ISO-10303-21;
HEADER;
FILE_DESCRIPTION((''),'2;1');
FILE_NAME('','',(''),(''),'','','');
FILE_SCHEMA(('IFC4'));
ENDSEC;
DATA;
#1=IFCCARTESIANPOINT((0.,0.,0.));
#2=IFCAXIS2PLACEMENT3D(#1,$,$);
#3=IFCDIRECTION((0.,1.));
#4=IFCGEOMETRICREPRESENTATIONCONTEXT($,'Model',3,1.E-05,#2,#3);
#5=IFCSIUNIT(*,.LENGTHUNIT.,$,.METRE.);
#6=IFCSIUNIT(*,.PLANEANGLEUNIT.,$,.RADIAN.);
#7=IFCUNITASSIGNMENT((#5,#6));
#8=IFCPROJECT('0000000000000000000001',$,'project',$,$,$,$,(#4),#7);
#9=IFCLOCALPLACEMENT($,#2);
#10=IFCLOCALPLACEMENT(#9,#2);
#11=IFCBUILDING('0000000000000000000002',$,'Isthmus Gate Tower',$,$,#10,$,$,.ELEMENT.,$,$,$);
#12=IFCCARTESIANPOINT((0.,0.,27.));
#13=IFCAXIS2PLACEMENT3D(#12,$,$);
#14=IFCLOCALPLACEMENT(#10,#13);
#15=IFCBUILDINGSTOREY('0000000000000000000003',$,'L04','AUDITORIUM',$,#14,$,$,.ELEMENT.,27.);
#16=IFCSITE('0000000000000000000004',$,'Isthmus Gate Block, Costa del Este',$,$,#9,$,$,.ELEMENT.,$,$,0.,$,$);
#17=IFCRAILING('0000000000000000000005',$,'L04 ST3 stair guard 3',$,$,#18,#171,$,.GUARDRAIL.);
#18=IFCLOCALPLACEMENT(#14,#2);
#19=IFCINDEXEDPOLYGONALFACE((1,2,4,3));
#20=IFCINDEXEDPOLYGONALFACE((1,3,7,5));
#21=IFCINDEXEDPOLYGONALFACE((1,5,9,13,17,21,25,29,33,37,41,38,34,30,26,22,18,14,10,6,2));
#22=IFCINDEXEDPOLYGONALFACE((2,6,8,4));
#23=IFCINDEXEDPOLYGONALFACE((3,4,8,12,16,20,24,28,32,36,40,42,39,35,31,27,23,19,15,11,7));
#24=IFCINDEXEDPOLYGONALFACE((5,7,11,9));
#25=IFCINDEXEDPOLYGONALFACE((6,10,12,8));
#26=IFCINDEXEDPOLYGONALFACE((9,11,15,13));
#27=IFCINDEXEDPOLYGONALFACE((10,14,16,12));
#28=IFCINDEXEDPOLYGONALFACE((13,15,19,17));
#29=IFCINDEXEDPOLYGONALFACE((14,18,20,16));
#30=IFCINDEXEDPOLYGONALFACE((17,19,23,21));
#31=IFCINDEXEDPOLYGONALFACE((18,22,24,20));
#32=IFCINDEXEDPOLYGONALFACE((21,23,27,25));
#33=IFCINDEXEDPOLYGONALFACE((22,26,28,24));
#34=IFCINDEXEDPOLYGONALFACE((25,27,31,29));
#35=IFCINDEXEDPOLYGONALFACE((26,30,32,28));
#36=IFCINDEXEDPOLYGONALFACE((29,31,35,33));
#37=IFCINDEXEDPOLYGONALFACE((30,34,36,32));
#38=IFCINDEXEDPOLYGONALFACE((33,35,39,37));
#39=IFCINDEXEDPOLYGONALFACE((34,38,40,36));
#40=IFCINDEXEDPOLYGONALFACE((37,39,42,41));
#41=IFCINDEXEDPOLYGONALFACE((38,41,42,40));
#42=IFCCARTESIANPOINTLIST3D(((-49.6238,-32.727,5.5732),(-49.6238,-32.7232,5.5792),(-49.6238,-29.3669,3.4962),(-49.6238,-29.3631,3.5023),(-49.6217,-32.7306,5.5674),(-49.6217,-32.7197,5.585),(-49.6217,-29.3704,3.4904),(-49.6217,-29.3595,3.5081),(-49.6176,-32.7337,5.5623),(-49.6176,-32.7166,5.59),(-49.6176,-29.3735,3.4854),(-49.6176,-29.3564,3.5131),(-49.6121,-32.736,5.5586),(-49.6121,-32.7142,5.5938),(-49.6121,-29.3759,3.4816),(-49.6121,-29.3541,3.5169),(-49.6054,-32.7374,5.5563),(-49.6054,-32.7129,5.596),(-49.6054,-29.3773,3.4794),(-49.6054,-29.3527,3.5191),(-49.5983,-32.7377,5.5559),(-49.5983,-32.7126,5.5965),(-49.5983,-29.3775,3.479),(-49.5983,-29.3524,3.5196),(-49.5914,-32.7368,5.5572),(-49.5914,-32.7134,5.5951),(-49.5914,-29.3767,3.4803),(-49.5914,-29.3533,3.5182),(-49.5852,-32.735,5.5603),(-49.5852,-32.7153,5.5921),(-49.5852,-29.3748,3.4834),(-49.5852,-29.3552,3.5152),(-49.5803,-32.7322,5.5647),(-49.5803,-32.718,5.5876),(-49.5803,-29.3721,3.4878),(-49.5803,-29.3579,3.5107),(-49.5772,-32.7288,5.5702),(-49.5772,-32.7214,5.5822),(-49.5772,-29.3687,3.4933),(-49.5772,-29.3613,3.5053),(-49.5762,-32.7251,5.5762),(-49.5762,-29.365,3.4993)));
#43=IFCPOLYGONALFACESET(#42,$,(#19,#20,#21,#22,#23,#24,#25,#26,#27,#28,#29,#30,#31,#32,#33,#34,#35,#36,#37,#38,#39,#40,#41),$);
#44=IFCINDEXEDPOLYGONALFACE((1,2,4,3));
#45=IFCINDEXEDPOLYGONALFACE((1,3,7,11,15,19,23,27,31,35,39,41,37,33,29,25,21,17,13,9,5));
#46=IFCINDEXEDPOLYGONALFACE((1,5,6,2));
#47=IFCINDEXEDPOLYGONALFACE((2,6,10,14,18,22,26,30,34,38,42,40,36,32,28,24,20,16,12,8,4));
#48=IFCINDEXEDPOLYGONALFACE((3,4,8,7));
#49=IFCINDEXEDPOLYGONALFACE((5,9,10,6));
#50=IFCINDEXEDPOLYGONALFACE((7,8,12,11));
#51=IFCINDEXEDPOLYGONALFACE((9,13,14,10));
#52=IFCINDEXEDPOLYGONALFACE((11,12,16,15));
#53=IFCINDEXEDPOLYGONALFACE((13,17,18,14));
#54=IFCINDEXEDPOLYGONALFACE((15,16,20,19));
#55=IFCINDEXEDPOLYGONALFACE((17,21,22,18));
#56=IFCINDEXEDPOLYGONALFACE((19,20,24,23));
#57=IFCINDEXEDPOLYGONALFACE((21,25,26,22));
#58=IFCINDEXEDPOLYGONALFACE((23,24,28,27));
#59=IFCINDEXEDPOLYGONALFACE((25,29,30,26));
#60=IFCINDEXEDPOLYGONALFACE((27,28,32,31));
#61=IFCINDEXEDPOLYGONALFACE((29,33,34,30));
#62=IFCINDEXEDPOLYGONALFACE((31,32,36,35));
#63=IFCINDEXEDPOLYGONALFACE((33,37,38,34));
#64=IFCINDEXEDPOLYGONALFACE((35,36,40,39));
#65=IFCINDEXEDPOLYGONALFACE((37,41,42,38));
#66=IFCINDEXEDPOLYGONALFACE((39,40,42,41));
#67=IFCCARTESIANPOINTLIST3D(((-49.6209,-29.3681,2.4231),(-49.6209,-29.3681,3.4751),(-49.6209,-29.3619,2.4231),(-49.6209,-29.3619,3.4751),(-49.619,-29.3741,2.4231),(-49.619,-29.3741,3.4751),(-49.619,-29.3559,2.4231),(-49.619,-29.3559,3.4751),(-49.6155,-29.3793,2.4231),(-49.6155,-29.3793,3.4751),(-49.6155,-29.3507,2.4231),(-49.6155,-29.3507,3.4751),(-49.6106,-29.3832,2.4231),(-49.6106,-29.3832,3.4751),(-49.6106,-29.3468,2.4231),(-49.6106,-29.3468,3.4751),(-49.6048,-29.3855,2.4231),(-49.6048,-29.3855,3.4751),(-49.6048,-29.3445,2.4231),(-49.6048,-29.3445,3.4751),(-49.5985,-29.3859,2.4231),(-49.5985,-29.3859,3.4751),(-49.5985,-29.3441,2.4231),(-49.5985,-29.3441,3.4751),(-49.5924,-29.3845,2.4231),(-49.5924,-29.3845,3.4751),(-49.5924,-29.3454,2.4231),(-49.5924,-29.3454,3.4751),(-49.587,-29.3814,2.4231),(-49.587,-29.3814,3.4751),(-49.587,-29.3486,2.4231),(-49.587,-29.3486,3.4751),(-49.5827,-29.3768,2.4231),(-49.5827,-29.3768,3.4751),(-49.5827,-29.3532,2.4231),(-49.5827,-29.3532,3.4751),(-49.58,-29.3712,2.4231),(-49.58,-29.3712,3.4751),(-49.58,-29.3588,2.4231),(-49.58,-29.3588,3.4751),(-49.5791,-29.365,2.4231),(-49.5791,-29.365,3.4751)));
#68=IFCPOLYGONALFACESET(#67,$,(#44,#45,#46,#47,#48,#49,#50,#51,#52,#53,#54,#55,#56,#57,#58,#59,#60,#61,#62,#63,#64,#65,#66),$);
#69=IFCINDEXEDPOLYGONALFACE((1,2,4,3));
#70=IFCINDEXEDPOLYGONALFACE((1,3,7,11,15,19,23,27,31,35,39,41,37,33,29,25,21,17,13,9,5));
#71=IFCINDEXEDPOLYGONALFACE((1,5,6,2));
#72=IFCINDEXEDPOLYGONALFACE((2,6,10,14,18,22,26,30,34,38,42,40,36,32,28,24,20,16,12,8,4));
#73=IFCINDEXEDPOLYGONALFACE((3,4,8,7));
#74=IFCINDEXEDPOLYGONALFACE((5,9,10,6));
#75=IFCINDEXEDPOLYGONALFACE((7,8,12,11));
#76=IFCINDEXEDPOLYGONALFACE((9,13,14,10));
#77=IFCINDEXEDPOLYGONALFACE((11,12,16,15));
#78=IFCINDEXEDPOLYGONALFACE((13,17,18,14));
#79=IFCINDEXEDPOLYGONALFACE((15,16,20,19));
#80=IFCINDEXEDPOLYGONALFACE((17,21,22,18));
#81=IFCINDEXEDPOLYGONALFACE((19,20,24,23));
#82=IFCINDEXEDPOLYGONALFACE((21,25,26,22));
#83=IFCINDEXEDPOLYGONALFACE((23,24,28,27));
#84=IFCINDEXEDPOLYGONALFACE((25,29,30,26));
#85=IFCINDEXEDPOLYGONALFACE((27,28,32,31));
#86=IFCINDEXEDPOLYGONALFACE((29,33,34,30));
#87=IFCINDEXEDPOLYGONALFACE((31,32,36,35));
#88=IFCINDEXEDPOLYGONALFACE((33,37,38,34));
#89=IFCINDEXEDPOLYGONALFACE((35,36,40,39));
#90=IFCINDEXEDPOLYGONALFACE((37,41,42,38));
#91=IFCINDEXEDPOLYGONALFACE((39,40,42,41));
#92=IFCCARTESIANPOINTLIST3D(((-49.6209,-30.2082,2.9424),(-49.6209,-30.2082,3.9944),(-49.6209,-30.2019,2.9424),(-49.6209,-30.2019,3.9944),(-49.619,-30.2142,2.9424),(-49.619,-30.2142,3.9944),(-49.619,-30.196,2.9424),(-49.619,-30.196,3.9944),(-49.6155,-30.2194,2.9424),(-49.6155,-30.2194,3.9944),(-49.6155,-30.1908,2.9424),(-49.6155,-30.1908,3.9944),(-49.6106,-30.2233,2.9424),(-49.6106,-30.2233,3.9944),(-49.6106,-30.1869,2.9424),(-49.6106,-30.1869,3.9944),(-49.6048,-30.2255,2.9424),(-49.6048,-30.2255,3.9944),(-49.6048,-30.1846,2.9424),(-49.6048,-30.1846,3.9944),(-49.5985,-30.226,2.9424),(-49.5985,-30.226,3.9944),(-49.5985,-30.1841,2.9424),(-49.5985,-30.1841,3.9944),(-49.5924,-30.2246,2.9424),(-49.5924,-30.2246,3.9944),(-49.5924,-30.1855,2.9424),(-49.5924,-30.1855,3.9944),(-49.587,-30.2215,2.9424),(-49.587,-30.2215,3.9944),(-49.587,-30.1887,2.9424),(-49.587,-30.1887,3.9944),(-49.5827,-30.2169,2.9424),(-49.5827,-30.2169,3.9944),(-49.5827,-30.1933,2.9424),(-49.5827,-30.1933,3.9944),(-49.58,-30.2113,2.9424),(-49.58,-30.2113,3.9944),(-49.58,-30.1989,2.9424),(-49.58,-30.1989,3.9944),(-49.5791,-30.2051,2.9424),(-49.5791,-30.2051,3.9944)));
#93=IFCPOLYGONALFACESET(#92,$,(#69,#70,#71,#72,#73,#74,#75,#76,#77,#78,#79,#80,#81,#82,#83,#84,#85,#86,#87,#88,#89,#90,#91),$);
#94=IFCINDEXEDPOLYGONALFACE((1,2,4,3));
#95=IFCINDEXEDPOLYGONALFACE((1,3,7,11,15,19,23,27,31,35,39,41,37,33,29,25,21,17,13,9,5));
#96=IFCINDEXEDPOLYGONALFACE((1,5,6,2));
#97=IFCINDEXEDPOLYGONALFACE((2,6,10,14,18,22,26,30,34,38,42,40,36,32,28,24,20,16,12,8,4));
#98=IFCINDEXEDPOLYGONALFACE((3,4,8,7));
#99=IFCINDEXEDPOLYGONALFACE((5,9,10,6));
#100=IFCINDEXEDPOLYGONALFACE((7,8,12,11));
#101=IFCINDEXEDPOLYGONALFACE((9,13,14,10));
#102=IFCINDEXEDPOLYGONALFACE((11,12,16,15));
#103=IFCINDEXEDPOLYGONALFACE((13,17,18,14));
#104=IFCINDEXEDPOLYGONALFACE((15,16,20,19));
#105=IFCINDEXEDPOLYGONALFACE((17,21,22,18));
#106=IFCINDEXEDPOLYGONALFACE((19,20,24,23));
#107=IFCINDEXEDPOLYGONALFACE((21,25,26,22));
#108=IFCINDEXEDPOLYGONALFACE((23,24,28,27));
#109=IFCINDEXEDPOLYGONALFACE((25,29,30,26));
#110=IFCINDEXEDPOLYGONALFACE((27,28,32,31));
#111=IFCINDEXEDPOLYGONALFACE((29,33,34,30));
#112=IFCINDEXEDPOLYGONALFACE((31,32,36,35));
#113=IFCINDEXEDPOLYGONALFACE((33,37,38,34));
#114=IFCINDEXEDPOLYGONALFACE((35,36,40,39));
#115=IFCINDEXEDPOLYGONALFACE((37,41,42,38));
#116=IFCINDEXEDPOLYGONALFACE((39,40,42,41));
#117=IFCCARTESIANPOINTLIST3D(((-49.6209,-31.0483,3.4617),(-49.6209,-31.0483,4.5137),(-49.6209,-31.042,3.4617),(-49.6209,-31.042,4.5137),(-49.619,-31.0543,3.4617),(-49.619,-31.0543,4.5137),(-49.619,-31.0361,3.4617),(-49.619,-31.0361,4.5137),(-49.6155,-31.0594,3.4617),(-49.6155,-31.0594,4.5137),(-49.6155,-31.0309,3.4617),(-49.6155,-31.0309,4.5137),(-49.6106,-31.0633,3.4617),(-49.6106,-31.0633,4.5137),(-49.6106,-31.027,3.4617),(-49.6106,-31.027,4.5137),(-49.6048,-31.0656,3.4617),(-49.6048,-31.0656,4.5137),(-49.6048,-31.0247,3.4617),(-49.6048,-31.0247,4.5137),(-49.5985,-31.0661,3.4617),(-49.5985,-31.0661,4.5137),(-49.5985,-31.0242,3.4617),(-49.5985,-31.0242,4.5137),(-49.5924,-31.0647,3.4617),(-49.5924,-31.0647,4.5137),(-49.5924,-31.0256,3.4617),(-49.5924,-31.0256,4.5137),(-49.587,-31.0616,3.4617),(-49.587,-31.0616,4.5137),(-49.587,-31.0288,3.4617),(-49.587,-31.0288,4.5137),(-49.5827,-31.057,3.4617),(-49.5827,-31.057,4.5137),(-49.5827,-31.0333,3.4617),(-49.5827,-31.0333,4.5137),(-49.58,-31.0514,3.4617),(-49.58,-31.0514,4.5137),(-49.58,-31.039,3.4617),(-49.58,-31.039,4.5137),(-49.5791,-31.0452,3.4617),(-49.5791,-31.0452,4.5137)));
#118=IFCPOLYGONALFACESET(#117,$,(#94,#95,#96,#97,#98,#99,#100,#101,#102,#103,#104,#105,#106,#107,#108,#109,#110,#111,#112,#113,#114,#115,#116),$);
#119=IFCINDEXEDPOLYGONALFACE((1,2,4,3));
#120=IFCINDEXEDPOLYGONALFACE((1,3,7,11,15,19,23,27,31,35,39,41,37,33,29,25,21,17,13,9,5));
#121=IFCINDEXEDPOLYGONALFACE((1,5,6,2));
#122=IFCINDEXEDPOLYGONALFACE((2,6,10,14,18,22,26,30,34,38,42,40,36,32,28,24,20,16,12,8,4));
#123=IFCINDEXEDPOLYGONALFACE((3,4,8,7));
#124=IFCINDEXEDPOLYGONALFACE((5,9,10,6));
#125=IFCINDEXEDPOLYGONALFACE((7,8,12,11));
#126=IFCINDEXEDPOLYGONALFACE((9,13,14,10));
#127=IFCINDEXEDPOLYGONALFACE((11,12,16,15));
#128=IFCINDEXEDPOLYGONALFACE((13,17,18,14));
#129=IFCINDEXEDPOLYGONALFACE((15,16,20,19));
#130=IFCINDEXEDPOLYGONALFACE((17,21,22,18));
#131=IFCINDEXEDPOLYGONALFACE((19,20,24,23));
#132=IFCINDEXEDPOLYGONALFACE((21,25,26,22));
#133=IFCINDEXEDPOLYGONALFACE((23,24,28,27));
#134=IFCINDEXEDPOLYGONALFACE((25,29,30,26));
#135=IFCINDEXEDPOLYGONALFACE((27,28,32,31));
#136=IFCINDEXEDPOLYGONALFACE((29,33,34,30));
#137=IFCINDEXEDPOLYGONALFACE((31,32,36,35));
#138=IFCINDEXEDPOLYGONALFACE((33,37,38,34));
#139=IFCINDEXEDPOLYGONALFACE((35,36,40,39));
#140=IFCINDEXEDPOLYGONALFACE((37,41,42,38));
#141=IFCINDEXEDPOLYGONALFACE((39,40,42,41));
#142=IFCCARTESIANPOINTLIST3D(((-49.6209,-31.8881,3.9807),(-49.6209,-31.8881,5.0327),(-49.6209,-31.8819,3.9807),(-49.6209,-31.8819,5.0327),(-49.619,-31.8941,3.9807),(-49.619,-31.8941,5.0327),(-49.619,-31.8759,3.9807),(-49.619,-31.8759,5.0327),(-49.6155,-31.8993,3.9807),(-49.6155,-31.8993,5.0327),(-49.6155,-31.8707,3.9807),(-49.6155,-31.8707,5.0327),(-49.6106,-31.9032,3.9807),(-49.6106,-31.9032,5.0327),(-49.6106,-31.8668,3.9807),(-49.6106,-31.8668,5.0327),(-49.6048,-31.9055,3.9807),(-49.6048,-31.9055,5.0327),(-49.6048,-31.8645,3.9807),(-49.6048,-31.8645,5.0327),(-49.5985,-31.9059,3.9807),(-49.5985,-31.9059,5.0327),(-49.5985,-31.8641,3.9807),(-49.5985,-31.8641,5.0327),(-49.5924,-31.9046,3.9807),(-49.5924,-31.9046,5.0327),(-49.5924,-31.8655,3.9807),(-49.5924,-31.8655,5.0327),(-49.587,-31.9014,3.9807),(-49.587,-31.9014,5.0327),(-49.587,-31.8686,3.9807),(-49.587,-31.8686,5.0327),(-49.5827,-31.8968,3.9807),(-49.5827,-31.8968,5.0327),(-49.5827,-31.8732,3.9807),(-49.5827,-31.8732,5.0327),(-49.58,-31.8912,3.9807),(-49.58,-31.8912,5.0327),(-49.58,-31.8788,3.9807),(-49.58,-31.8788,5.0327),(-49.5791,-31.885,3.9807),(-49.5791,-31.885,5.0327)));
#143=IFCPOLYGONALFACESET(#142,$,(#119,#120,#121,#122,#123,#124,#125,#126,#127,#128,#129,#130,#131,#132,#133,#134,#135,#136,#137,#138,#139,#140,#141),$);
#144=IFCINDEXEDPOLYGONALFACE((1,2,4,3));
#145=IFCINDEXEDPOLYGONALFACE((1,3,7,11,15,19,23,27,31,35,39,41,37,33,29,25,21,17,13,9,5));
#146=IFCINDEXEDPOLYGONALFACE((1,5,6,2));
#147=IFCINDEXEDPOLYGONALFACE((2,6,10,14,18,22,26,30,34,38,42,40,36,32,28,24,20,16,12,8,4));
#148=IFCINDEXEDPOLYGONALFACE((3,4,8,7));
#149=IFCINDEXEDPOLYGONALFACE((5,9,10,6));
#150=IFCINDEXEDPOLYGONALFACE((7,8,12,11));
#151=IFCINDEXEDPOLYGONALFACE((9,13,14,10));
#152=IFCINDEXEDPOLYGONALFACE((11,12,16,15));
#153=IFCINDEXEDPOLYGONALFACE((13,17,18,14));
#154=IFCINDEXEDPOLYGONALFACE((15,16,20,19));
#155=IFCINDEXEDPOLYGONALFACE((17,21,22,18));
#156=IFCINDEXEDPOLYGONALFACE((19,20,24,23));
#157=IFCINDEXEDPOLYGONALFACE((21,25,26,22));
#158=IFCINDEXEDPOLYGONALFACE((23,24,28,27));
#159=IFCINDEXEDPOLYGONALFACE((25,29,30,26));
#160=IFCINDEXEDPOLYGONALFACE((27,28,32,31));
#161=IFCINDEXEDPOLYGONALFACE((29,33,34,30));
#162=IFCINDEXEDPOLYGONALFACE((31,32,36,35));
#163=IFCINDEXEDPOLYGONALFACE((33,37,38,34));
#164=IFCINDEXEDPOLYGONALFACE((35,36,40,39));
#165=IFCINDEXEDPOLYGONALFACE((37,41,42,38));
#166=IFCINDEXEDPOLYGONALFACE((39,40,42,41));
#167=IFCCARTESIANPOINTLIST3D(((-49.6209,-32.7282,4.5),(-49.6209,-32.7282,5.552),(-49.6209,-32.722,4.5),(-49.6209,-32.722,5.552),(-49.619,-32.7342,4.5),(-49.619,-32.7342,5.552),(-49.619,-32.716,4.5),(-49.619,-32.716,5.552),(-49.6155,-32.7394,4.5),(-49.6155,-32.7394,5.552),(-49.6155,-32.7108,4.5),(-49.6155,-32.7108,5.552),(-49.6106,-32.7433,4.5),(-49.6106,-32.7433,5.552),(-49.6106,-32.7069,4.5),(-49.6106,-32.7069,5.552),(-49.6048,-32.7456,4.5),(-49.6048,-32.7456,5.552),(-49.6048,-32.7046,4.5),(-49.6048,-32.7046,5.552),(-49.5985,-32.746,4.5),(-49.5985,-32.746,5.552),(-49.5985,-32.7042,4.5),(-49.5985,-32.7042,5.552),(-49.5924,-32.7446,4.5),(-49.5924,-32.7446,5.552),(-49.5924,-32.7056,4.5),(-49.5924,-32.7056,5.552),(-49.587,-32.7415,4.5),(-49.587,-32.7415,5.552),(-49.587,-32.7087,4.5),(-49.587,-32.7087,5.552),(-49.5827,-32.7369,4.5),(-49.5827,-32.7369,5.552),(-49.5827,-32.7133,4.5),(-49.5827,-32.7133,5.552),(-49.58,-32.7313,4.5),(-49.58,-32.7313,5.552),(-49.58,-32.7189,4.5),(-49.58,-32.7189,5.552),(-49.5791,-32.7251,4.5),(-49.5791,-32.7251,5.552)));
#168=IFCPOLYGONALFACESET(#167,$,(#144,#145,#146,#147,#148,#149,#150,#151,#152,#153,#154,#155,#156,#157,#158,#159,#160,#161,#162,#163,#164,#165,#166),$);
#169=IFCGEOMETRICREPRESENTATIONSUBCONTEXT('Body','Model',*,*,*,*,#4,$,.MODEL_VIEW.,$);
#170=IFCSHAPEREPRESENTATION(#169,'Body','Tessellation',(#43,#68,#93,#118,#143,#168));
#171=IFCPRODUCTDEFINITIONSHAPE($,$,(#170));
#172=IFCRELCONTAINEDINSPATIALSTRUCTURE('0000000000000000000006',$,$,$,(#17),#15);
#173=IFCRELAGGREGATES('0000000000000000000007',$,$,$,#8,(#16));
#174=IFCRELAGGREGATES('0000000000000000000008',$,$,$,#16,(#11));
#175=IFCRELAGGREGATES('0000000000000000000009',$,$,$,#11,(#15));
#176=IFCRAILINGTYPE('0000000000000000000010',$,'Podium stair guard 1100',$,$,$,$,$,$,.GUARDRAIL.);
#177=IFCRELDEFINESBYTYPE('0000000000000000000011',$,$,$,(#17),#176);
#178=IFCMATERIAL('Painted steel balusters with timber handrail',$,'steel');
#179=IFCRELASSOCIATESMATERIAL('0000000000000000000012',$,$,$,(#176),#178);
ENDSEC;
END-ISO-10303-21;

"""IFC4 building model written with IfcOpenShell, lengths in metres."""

from ifc_helpers import new_model, si_unit, direction, frame, origin, origin_2d, place, context, subcontext, project, spatial, circle, extrude, material, type_object, element, save


model = new_model("IFC4")

# Units and contexts
model_context = context("Model", 3, precision=1e-05, world=origin(), true_north=direction((0.0, 1.0)))
body_context = subcontext(model_context, "Body", "Model", "MODEL_VIEW")
ifc_project = project(units=[si_unit("LENGTHUNIT", "METRE"), si_unit("PLANEANGLEUNIT", "RADIAN")], contexts=[model_context])

# Site, building, storey
site_placement = place(None, origin())
site = spatial("IfcSite", under=ifc_project, at=site_placement, Name="Isthmus Gate Block, Costa del Este", CompositionType="ELEMENT", RefElevation=0.0)
building_placement = place(site_placement, origin())
building = spatial("IfcBuilding", under=site, at=building_placement, Name="Isthmus Gate Tower", CompositionType="ELEMENT")
storey_placement = place(building_placement, frame((0.0, 0.0, 27.0)))
storey = spatial("IfcBuildingStorey", under=building, at=storey_placement, Name="L04", Description="AUDITORIUM", CompositionType="ELEMENT", Elevation=27.0)

# Railing
ifc_material_1 = material(Name="Painted steel balusters with timber handrail", Category="steel")
railing_type_1 = type_object("IfcRailingType", Name="Podium stair guard 1100", PredefinedType="GUARDRAIL", material=ifc_material_1)
railing_1_placement = place(storey_placement, frame((-49.6001, -29.365, 2.4231)))
element("IfcRailing", 1, at=railing_1_placement, inside=storey, type_object=railing_type_1, Name="L04 ST3 stair guard 3", PredefinedType="GUARDRAIL", context=body_context, shape_type="SweptSolid", body=[
    extrude(circle(Radius=0.0239, at=origin_2d()), frame((0.0, 0.0, 1.0762), z_axis=(0.0, -0.850623, 0.525776), x_axis=(1.0, 0.0, 0.0)), (0.0, 0.0, 1.0), 3.9502),
    extrude(circle(Radius=0.021, at=origin_2d()), origin(), (0.0, 0.0, 1.0), 1.052),
    extrude(circle(Radius=0.021, at=origin_2d()), frame((0.0, -0.8401, 0.5193)), (0.0, 0.0, 1.0), 1.052),
    extrude(circle(Radius=0.021, at=origin_2d()), frame((0.0, -1.6802, 1.0386)), (0.0, 0.0, 1.0), 1.052),
    extrude(circle(Radius=0.021, at=origin_2d()), frame((0.0, -2.52, 1.5576)), (0.0, 0.0, 1.0), 1.052),
    extrude(circle(Radius=0.021, at=origin_2d()), frame((0.0, -3.3601, 2.0769)), (0.0, 0.0, 1.0), 1.052),
])

save(model, "model.ifc")
